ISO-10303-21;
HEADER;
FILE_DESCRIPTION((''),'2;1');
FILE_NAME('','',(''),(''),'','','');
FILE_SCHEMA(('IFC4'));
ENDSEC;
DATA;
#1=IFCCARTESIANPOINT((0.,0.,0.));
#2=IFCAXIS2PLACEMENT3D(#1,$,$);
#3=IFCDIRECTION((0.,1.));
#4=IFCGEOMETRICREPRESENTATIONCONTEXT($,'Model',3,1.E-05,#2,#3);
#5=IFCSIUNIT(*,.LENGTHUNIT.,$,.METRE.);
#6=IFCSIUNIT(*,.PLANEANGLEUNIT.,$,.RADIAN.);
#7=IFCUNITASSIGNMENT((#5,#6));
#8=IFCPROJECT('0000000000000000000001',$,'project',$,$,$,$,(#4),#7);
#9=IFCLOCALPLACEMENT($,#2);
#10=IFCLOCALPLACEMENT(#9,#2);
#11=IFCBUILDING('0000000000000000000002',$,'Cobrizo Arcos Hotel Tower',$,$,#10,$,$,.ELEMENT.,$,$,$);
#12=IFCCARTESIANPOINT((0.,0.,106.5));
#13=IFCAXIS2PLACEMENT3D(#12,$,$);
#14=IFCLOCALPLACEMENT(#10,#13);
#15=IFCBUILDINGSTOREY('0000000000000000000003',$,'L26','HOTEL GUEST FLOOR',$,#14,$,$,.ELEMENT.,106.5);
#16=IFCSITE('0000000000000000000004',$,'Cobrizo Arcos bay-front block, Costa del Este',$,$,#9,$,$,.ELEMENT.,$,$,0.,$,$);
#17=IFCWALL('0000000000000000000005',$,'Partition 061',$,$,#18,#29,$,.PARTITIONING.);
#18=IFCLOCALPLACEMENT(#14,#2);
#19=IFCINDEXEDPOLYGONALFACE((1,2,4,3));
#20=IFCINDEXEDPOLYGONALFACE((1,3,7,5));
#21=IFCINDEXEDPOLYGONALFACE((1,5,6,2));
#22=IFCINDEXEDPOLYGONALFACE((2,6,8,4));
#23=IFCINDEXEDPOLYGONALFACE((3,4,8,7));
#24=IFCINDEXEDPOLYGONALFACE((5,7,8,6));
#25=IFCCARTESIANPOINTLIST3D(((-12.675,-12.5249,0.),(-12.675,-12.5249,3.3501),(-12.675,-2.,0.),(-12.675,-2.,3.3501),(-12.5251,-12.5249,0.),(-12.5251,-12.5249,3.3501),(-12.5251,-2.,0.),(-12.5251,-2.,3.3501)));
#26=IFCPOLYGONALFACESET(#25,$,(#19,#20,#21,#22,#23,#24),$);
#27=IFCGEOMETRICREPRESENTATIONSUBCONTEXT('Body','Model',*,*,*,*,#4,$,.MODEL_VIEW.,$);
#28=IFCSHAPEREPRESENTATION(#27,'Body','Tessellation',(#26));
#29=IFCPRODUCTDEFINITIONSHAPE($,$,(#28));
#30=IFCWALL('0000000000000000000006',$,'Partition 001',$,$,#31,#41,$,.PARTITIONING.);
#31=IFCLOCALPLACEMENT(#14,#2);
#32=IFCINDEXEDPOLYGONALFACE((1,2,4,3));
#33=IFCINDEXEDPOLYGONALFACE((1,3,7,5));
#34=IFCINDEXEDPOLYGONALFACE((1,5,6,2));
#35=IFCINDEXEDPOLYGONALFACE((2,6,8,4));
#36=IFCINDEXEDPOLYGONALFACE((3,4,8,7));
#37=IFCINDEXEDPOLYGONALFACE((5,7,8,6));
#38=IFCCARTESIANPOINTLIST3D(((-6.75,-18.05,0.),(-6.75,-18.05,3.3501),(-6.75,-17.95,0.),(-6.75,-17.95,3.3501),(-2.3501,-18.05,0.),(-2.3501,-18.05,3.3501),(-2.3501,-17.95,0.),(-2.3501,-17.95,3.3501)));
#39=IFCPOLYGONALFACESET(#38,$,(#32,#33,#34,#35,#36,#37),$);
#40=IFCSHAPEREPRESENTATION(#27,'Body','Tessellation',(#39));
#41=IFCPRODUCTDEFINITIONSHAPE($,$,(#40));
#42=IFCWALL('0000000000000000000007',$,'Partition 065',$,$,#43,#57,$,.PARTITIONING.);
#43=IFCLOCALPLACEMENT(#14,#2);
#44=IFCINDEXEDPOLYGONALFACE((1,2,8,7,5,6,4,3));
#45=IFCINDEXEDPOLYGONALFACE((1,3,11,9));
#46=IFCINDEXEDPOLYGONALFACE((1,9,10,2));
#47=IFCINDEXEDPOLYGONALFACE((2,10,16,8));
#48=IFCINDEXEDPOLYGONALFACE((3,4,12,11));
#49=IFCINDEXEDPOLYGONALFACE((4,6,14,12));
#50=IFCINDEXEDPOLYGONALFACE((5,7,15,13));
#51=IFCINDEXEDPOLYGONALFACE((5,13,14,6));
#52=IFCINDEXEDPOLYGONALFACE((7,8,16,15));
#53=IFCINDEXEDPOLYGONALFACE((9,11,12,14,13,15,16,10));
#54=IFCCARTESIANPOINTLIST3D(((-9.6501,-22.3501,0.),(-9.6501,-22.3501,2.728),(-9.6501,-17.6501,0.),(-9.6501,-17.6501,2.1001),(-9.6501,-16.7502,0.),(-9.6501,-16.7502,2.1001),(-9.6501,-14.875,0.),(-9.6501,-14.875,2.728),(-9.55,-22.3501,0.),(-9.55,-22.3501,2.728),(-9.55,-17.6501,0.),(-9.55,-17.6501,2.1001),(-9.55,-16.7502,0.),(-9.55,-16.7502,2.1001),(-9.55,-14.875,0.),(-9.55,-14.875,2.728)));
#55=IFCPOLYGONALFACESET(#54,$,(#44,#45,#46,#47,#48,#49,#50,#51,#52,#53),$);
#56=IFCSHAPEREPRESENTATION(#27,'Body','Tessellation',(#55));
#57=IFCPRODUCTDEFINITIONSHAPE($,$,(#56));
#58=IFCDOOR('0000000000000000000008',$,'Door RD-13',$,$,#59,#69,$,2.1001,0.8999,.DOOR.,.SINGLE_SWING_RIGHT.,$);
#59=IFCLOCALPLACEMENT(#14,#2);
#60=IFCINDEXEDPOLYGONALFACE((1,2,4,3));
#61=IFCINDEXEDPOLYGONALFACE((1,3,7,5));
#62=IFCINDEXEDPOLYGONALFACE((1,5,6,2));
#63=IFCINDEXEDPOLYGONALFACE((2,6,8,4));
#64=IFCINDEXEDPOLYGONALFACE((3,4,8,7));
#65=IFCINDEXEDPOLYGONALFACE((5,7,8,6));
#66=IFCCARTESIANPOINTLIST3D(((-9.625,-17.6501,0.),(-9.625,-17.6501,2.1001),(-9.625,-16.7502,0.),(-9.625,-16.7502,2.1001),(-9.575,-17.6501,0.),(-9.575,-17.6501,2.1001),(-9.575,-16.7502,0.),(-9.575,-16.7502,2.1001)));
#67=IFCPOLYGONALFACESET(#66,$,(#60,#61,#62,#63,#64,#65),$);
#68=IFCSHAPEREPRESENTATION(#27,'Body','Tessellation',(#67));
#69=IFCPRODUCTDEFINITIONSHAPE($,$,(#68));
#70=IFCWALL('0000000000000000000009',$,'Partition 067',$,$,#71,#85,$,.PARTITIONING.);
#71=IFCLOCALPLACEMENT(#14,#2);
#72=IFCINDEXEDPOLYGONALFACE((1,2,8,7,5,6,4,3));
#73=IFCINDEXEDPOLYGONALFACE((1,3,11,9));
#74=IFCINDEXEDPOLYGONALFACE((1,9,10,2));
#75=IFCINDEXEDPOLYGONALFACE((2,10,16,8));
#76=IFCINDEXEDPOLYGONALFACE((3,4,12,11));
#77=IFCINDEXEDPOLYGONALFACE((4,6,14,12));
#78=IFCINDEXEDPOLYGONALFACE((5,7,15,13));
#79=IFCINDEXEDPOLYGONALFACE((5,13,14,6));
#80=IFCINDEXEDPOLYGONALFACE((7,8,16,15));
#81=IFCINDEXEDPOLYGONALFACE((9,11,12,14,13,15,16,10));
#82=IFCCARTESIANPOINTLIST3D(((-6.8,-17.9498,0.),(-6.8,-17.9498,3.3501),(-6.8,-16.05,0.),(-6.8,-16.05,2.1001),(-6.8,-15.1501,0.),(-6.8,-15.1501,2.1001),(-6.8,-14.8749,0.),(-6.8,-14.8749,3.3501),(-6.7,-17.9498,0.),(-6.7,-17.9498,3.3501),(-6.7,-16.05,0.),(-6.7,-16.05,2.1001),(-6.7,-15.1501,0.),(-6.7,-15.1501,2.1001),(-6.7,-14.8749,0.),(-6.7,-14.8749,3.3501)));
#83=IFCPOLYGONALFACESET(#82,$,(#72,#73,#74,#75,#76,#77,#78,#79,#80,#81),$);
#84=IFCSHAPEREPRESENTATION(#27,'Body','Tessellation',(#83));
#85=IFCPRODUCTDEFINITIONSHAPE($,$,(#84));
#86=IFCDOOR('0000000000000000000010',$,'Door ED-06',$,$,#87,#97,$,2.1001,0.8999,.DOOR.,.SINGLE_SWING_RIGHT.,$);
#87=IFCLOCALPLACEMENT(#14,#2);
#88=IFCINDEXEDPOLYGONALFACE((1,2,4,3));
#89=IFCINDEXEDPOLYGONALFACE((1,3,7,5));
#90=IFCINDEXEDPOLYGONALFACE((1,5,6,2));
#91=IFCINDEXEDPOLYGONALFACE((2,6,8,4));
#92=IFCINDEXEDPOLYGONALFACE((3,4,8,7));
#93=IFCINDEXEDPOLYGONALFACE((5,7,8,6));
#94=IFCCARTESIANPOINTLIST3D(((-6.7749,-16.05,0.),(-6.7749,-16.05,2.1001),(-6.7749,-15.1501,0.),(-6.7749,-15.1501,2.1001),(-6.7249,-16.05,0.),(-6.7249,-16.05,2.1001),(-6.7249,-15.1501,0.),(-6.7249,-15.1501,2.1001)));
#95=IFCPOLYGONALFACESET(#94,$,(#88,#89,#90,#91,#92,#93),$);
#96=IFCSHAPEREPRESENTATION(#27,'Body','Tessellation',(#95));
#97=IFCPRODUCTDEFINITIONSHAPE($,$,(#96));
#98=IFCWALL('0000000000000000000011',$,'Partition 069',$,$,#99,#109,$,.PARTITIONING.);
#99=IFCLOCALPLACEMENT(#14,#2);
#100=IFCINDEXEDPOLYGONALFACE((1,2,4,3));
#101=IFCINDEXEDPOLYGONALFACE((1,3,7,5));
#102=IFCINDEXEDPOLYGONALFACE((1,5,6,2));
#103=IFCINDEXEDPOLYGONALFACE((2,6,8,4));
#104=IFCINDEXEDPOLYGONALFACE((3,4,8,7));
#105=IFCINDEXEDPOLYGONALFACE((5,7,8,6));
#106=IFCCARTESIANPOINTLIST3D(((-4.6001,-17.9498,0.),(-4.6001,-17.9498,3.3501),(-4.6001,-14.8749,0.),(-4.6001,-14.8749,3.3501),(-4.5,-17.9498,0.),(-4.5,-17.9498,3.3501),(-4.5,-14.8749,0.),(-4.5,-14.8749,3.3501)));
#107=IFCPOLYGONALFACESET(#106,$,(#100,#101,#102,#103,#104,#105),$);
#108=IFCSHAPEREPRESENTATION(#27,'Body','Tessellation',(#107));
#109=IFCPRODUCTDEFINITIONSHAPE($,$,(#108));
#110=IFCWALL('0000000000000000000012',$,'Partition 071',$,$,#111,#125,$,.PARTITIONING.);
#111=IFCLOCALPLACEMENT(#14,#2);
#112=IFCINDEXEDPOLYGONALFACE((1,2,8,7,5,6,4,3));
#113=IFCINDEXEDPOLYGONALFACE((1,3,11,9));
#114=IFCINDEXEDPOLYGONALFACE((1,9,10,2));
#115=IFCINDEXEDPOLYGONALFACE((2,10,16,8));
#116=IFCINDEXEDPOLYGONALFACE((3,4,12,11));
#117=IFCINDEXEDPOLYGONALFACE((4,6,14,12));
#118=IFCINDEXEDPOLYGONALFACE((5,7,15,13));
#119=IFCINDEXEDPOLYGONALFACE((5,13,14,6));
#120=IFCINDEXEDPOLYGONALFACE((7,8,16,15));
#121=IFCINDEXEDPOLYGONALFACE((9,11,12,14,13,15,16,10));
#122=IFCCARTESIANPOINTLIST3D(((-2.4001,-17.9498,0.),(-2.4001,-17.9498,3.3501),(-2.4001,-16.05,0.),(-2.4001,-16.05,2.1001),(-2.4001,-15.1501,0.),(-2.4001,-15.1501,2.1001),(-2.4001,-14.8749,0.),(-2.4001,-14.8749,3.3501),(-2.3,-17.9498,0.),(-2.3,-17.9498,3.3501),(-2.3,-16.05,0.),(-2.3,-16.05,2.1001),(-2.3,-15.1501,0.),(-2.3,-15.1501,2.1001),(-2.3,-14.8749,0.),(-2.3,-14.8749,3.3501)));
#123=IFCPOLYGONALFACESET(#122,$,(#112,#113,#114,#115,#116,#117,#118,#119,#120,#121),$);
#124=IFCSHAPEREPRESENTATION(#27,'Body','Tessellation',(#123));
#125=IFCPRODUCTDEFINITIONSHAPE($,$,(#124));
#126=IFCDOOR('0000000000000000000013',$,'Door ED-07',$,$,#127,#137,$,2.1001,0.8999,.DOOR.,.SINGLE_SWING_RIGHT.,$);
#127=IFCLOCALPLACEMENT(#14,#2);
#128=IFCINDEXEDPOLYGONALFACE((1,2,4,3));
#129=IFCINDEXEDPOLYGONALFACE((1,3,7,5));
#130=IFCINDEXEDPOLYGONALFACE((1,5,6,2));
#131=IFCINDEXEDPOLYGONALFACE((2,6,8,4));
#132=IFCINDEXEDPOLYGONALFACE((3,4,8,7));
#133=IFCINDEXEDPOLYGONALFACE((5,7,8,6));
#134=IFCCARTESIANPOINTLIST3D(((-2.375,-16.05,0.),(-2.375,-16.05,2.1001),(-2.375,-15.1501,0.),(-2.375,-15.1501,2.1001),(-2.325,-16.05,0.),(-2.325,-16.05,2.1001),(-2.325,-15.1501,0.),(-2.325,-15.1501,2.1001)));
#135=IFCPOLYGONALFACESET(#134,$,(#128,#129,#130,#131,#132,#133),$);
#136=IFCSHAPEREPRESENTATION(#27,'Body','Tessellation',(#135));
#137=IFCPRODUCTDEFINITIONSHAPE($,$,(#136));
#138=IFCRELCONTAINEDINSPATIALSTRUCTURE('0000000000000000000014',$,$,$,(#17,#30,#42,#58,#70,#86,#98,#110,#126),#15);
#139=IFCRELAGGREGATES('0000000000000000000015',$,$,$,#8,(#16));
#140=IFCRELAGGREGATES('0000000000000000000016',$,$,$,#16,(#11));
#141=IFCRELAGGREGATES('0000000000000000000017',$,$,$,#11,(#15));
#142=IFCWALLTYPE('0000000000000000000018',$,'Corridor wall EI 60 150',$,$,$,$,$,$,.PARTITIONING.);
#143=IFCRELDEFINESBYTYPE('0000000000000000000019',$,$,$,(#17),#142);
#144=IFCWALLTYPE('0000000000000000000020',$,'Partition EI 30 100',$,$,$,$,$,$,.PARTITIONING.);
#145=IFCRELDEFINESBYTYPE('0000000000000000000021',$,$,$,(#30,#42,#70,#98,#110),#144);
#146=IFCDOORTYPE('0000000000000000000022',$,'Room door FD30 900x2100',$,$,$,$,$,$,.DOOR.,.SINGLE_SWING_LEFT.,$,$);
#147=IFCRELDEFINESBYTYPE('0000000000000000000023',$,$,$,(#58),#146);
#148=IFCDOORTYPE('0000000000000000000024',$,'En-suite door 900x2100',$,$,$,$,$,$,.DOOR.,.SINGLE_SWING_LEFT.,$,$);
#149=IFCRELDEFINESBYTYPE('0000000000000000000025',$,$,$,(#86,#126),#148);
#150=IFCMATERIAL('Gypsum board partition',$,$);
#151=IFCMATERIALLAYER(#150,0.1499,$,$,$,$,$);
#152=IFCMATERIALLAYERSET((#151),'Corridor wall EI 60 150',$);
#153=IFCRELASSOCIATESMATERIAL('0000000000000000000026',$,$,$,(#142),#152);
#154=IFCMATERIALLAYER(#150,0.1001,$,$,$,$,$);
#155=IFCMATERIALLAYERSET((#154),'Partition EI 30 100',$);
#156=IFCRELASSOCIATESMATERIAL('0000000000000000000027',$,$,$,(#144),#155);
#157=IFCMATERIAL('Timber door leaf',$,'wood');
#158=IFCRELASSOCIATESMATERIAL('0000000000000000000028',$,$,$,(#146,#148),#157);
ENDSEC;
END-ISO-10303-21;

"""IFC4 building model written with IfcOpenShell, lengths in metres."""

from ifc_helpers import new_model, si_unit, direction, frame, frame_2d, origin, place, context, subcontext, project, spatial, rectangle, extrude, material, layer, layer_set, type_object, element, fill, save


model = new_model("IFC4")

# Units and contexts
model_context = context("Model", 3, precision=1e-05, world=origin(), true_north=direction((0.0, 1.0)))
body_context = subcontext(model_context, "Body", "Model", "MODEL_VIEW")
ifc_project = project(units=[si_unit("LENGTHUNIT", "METRE"), si_unit("PLANEANGLEUNIT", "RADIAN")], contexts=[model_context])

# Site, building, storey
site_placement = place(None, origin())
site = spatial("IfcSite", under=ifc_project, at=site_placement, Name="Cobrizo Arcos bay-front block, Costa del Este", CompositionType="ELEMENT", RefElevation=0.0)
building_placement = place(site_placement, origin())
building = spatial("IfcBuilding", under=site, at=building_placement, Name="Cobrizo Arcos Hotel Tower", CompositionType="ELEMENT")
storey_placement = place(building_placement, frame((0.0, 0.0, 106.5)))
storey = spatial("IfcBuildingStorey", under=building, at=storey_placement, Name="L26", Description="HOTEL GUEST FLOOR", CompositionType="ELEMENT", Elevation=106.5)

# Shared definitions
ifc_material_1 = material(Name="Gypsum board partition")
ifc_layer_1 = layer(ifc_material_1, 0.1499)
ifc_layer_set_1 = layer_set([ifc_layer_1], Name="Corridor wall EI 60 150")
wall_type_1 = type_object("IfcWallType", Name="Corridor wall EI 60 150", PredefinedType="PARTITIONING", material=ifc_layer_set_1)
ifc_material_2 = material(Name="Timber door leaf", Category="wood")

# Walls
wall_1_placement = place(storey_placement, frame((-12.6001, -12.5249, 0.0), z_axis=(0.0, 0.0, 1.0), x_axis=(0.0, 1.0, 0.0)))
element("IfcWall", 1, at=wall_1_placement, inside=storey, type_object=wall_type_1, Name="Partition 061", PredefinedType="PARTITIONING", context=body_context, shape_type="SweptSolid", body=[
    extrude(rectangle(XDim=10.5249, YDim=0.1499, at=frame_2d((5.2625, 0.0))), origin(), (0.0, 0.0, 1.0), 3.3501),
])
ifc_layer_2 = layer(ifc_material_1, 0.1001)
ifc_layer_set_2 = layer_set([ifc_layer_2], Name="Partition EI 30 100")
wall_type_2 = type_object("IfcWallType", Name="Partition EI 30 100", PredefinedType="PARTITIONING", material=ifc_layer_set_2)
wall_2_placement = place(storey_placement, frame((-6.75, -18.0, 0.0), z_axis=(0.0, 0.0, 1.0), x_axis=(1.0, 0.0, 0.0)))
element("IfcWall", 2, at=wall_2_placement, inside=storey, type_object=wall_type_2, Name="Partition 001", PredefinedType="PARTITIONING", context=body_context, shape_type="SweptSolid", body=[
    extrude(rectangle(XDim=4.3999, YDim=0.1001, at=frame_2d((2.2, 0.0))), origin(), (0.0, 0.0, 1.0), 3.3501),
])

# Walls, openings, doors
wall_3_placement = place(storey_placement, frame((-9.6001, -22.3501, 0.0), z_axis=(0.0, 0.0, 1.0), x_axis=(0.0, 1.0, 0.0)))
wall_3 = element("IfcWall", 3, at=wall_3_placement, inside=storey, type_object=wall_type_2, Name="Partition 065", PredefinedType="PARTITIONING", context=body_context, shape_type="SweptSolid", body=[
    extrude(rectangle(XDim=7.4751, YDim=0.1001, at=frame_2d((3.7375, 0.0))), origin(), (0.0, 0.0, 1.0), 2.728),
])
opening_1_placement = place(wall_3_placement, frame((4.7, 0.0, 0.0)))
opening_1 = element("IfcOpeningElement", 4, at=opening_1_placement, cuts=wall_3, PredefinedType="OPENING", context=body_context, shape_type="SweptSolid", body=[
    extrude(rectangle(XDim=0.8999, YDim=2.1001, at=frame_2d((0.45, 1.05))), frame((0.0, 0.062, 0.0), z_axis=(0.0, -1.0, 0.0), x_axis=(1.0, 0.0, 0.0)), (0.0, 0.0, 1.0), 0.124),
])
door_type_1 = type_object("IfcDoorType", Name="Room door FD30 900x2100", OperationType="SINGLE_SWING_LEFT", PredefinedType="DOOR", material=ifc_material_2)
door_1_placement = place(opening_1_placement, origin())
door_1 = element("IfcDoor", 5, at=door_1_placement, inside=storey, type_object=door_type_1, Name="Door RD-13", OperationType="SINGLE_SWING_RIGHT", OverallHeight=2.1001, OverallWidth=0.8999, PredefinedType="DOOR", context=body_context, shape_type="SweptSolid", body=[
    extrude(rectangle(XDim=0.8999, YDim=2.1001, at=frame_2d((0.45, 1.05))), frame((0.0, 0.0249, 0.0), z_axis=(0.0, -1.0, 0.0), x_axis=(1.0, 0.0, 0.0)), (0.0, 0.0, 1.0), 0.05),
])
fill(opening_1, door_1)
wall_4_placement = place(storey_placement, frame((-6.75, -17.95, 0.0), z_axis=(0.0, 0.0, 1.0), x_axis=(0.0, 1.0, 0.0)))
wall_4 = element("IfcWall", 6, at=wall_4_placement, inside=storey, type_object=wall_type_2, Name="Partition 067", PredefinedType="PARTITIONING", context=body_context, shape_type="SweptSolid", body=[
    extrude(rectangle(XDim=3.075, YDim=0.1001, at=frame_2d((1.5376, 0.0))), origin(), (0.0, 0.0, 1.0), 3.3501),
])
opening_2_placement = place(wall_4_placement, frame((1.8999, 0.0, 0.0)))
opening_2 = element("IfcOpeningElement", 7, at=opening_2_placement, cuts=wall_4, PredefinedType="OPENING", context=body_context, shape_type="SweptSolid", body=[
    extrude(rectangle(XDim=0.8999, YDim=2.1001, at=frame_2d((0.45, 1.05))), frame((0.0, 0.062, 0.0), z_axis=(0.0, -1.0, 0.0), x_axis=(1.0, 0.0, 0.0)), (0.0, 0.0, 1.0), 0.124),
])
door_type_2 = type_object("IfcDoorType", Name="En-suite door 900x2100", OperationType="SINGLE_SWING_LEFT", PredefinedType="DOOR", material=ifc_material_2)
door_2_placement = place(opening_2_placement, origin())
door_2 = element("IfcDoor", 8, at=door_2_placement, inside=storey, type_object=door_type_2, Name="Door ED-06", OperationType="SINGLE_SWING_RIGHT", OverallHeight=2.1001, OverallWidth=0.8999, PredefinedType="DOOR", context=body_context, shape_type="SweptSolid", body=[
    extrude(rectangle(XDim=0.8999, YDim=2.1001, at=frame_2d((0.45, 1.05))), frame((0.0, 0.0249, 0.0), z_axis=(0.0, -1.0, 0.0), x_axis=(1.0, 0.0, 0.0)), (0.0, 0.0, 1.0), 0.05),
])
fill(opening_2, door_2)

# Wall
wall_5_placement = place(storey_placement, frame((-4.55, -17.95, 0.0), z_axis=(0.0, 0.0, 1.0), x_axis=(0.0, 1.0, 0.0)))
element("IfcWall", 9, at=wall_5_placement, inside=storey, type_object=wall_type_2, Name="Partition 069", PredefinedType="PARTITIONING", context=body_context, shape_type="SweptSolid", body=[
    extrude(rectangle(XDim=3.075, YDim=0.1001, at=frame_2d((1.5376, 0.0))), origin(), (0.0, 0.0, 1.0), 3.3501),
])

# Wall, opening, door
wall_6_placement = place(storey_placement, frame((-2.3501, -17.95, 0.0), z_axis=(0.0, 0.0, 1.0), x_axis=(0.0, 1.0, 0.0)))
wall_6 = element("IfcWall", 10, at=wall_6_placement, inside=storey, type_object=wall_type_2, Name="Partition 071", PredefinedType="PARTITIONING", context=body_context, shape_type="SweptSolid", body=[
    extrude(rectangle(XDim=3.075, YDim=0.1001, at=frame_2d((1.5376, 0.0))), origin(), (0.0, 0.0, 1.0), 3.3501),
])
opening_3_placement = place(wall_6_placement, frame((1.8999, 0.0, 0.0)))
opening_3 = element("IfcOpeningElement", 11, at=opening_3_placement, cuts=wall_6, PredefinedType="OPENING", context=body_context, shape_type="SweptSolid", body=[
    extrude(rectangle(XDim=0.8999, YDim=2.1001, at=frame_2d((0.45, 1.05))), frame((0.0, 0.062, 0.0), z_axis=(0.0, -1.0, 0.0), x_axis=(1.0, 0.0, 0.0)), (0.0, 0.0, 1.0), 0.124),
])
door_3_placement = place(opening_3_placement, origin())
door_3 = element("IfcDoor", 12, at=door_3_placement, inside=storey, type_object=door_type_2, Name="Door ED-07", OperationType="SINGLE_SWING_RIGHT", OverallHeight=2.1001, OverallWidth=0.8999, PredefinedType="DOOR", context=body_context, shape_type="SweptSolid", body=[
    extrude(rectangle(XDim=0.8999, YDim=2.1001, at=frame_2d((0.45, 1.05))), frame((0.0, 0.0249, 0.0), z_axis=(0.0, -1.0, 0.0), x_axis=(1.0, 0.0, 0.0)), (0.0, 0.0, 1.0), 0.05),
])
fill(opening_3, door_3)

save(model, "model.ifc")
